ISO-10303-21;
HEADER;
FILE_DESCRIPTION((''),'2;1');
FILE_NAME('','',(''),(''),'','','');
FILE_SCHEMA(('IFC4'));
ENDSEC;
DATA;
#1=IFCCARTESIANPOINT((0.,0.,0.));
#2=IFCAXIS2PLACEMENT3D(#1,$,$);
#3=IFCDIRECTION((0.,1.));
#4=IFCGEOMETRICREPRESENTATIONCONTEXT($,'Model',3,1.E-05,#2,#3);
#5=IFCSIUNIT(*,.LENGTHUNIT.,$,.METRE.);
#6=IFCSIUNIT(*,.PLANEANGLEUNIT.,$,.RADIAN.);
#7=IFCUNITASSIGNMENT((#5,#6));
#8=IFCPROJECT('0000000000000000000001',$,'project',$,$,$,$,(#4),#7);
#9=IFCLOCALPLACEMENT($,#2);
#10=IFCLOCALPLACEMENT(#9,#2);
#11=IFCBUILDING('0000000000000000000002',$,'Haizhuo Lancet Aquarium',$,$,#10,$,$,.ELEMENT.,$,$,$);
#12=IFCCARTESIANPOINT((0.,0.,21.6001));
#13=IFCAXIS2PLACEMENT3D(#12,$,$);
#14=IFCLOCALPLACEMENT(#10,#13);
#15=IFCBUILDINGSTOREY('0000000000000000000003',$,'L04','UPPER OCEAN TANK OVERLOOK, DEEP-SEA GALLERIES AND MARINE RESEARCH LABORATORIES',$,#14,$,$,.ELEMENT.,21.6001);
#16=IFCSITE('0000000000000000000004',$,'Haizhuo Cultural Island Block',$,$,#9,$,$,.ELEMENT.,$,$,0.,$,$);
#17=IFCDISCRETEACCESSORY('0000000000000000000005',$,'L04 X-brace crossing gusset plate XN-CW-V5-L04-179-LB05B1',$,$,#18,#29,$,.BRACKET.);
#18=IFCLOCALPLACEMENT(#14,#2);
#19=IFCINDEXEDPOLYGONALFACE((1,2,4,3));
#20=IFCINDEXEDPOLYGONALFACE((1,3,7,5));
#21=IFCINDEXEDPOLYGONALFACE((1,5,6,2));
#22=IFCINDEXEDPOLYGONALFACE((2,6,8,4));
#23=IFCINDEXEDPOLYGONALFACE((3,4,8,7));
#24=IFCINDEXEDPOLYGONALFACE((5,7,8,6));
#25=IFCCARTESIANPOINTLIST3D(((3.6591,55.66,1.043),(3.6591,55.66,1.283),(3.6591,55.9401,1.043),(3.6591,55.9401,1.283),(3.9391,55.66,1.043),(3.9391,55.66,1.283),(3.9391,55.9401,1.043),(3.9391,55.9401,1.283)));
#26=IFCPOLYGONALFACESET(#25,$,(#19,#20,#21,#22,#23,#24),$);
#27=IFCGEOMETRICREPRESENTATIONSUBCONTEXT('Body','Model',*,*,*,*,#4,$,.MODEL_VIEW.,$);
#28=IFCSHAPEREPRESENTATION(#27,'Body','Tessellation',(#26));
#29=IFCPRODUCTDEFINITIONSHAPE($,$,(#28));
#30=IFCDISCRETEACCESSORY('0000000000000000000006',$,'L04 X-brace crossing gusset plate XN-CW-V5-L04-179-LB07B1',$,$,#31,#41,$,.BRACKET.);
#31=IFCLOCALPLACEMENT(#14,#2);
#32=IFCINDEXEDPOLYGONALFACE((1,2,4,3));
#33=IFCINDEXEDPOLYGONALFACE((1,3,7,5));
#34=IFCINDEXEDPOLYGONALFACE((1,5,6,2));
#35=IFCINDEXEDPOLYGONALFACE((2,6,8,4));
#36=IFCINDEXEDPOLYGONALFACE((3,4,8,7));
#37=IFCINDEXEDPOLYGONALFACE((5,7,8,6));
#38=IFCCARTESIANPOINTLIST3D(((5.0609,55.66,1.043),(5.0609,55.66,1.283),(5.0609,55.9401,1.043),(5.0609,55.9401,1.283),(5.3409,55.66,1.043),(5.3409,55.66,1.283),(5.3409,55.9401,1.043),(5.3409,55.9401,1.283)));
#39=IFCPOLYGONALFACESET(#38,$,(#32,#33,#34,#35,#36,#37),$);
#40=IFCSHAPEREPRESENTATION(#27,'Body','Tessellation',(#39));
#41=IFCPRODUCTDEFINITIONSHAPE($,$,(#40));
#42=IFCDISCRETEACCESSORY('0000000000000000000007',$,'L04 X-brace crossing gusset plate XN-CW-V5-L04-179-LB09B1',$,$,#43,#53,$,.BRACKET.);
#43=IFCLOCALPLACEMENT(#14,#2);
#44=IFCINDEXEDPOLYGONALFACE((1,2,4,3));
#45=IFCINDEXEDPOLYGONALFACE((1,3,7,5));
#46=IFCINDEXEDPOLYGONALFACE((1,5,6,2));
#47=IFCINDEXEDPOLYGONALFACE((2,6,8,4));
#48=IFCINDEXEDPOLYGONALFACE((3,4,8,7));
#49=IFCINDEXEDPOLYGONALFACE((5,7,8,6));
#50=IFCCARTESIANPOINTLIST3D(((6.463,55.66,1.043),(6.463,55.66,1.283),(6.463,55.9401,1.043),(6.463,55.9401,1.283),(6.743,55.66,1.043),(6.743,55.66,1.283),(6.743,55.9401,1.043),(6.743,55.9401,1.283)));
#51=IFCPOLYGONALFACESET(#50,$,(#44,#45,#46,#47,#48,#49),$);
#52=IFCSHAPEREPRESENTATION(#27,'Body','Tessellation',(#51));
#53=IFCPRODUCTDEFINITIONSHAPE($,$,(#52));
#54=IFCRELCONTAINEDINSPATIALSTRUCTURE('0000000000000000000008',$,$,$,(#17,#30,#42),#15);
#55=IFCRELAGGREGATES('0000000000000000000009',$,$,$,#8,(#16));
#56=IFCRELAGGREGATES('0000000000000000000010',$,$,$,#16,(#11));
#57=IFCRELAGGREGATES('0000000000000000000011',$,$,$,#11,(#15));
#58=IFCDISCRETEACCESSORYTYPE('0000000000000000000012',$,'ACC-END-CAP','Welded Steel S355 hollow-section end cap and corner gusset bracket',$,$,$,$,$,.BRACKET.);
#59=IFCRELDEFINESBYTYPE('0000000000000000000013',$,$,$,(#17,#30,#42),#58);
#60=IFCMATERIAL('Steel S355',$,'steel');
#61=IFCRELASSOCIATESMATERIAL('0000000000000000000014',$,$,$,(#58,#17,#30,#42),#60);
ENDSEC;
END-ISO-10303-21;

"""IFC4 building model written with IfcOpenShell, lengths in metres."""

from ifc_helpers import new_model, si_unit, direction, frame, origin, origin_2d, place, context, subcontext, project, spatial, rectangle, extrude, material, type_object, element, save


model = new_model("IFC4")

# Units and contexts
model_context = context("Model", 3, precision=1e-05, world=origin(), true_north=direction((0.0, 1.0)))
body_context = subcontext(model_context, "Body", "Model", "MODEL_VIEW")
ifc_project = project(units=[si_unit("LENGTHUNIT", "METRE"), si_unit("PLANEANGLEUNIT", "RADIAN")], contexts=[model_context])

# Site, building, storey
site_placement = place(None, origin())
site = spatial("IfcSite", under=ifc_project, at=site_placement, Name="Haizhuo Cultural Island Block", CompositionType="ELEMENT", RefElevation=0.0)
building_placement = place(site_placement, origin())
building = spatial("IfcBuilding", under=site, at=building_placement, Name="Haizhuo Lancet Aquarium", CompositionType="ELEMENT")
storey_placement = place(building_placement, frame((0.0, 0.0, 21.6001)))
storey = spatial("IfcBuildingStorey", under=building, at=storey_placement, Name="L04", Description="UPPER OCEAN TANK OVERLOOK, DEEP-SEA GALLERIES AND MARINE RESEARCH LABORATORIES", CompositionType="ELEMENT", Elevation=21.6001)

# Shared definitions
ifc_material_1 = material(Name="Steel S355", Category="steel")

# Discrete accessories
discrete_accessory_type = type_object("IfcDiscreteAccessoryType", Name="ACC-END-CAP", Description="Welded Steel S355 hollow-section end cap and corner gusset bracket", PredefinedType="BRACKET", material=ifc_material_1)
for number, where, z_axis, x_axis, name in (
    (1, (3.7991, 55.8, 1.043), (0.0, 0.0, 1.0), (1.0, 0.0, 0.0), "L04 X-brace crossing gusset plate XN-CW-V5-L04-179-LB05B1"),
    (2, (5.2009, 55.8, 1.043), (0.0, 0.0, 1.0), (1.0, 0.0, 0.0), "L04 X-brace crossing gusset plate XN-CW-V5-L04-179-LB07B1"),
    (3, (6.603, 55.8, 1.043), (0.0, 0.0, 1.0), (1.0, 0.0, 0.0), "L04 X-brace crossing gusset plate XN-CW-V5-L04-179-LB09B1"),
):
    element("IfcDiscreteAccessory", number, at=place(storey_placement, frame(where, z_axis=z_axis, x_axis=x_axis)), inside=storey, type_object=discrete_accessory_type, material=ifc_material_1, Name=name, PredefinedType="BRACKET", context=body_context, shape_type="SweptSolid", body=[
        extrude(rectangle(XDim=0.28, YDim=0.28, at=origin_2d()), origin(), (0.0, 0.0, 1.0), 0.24),
    ])

save(model, "model.ifc")
